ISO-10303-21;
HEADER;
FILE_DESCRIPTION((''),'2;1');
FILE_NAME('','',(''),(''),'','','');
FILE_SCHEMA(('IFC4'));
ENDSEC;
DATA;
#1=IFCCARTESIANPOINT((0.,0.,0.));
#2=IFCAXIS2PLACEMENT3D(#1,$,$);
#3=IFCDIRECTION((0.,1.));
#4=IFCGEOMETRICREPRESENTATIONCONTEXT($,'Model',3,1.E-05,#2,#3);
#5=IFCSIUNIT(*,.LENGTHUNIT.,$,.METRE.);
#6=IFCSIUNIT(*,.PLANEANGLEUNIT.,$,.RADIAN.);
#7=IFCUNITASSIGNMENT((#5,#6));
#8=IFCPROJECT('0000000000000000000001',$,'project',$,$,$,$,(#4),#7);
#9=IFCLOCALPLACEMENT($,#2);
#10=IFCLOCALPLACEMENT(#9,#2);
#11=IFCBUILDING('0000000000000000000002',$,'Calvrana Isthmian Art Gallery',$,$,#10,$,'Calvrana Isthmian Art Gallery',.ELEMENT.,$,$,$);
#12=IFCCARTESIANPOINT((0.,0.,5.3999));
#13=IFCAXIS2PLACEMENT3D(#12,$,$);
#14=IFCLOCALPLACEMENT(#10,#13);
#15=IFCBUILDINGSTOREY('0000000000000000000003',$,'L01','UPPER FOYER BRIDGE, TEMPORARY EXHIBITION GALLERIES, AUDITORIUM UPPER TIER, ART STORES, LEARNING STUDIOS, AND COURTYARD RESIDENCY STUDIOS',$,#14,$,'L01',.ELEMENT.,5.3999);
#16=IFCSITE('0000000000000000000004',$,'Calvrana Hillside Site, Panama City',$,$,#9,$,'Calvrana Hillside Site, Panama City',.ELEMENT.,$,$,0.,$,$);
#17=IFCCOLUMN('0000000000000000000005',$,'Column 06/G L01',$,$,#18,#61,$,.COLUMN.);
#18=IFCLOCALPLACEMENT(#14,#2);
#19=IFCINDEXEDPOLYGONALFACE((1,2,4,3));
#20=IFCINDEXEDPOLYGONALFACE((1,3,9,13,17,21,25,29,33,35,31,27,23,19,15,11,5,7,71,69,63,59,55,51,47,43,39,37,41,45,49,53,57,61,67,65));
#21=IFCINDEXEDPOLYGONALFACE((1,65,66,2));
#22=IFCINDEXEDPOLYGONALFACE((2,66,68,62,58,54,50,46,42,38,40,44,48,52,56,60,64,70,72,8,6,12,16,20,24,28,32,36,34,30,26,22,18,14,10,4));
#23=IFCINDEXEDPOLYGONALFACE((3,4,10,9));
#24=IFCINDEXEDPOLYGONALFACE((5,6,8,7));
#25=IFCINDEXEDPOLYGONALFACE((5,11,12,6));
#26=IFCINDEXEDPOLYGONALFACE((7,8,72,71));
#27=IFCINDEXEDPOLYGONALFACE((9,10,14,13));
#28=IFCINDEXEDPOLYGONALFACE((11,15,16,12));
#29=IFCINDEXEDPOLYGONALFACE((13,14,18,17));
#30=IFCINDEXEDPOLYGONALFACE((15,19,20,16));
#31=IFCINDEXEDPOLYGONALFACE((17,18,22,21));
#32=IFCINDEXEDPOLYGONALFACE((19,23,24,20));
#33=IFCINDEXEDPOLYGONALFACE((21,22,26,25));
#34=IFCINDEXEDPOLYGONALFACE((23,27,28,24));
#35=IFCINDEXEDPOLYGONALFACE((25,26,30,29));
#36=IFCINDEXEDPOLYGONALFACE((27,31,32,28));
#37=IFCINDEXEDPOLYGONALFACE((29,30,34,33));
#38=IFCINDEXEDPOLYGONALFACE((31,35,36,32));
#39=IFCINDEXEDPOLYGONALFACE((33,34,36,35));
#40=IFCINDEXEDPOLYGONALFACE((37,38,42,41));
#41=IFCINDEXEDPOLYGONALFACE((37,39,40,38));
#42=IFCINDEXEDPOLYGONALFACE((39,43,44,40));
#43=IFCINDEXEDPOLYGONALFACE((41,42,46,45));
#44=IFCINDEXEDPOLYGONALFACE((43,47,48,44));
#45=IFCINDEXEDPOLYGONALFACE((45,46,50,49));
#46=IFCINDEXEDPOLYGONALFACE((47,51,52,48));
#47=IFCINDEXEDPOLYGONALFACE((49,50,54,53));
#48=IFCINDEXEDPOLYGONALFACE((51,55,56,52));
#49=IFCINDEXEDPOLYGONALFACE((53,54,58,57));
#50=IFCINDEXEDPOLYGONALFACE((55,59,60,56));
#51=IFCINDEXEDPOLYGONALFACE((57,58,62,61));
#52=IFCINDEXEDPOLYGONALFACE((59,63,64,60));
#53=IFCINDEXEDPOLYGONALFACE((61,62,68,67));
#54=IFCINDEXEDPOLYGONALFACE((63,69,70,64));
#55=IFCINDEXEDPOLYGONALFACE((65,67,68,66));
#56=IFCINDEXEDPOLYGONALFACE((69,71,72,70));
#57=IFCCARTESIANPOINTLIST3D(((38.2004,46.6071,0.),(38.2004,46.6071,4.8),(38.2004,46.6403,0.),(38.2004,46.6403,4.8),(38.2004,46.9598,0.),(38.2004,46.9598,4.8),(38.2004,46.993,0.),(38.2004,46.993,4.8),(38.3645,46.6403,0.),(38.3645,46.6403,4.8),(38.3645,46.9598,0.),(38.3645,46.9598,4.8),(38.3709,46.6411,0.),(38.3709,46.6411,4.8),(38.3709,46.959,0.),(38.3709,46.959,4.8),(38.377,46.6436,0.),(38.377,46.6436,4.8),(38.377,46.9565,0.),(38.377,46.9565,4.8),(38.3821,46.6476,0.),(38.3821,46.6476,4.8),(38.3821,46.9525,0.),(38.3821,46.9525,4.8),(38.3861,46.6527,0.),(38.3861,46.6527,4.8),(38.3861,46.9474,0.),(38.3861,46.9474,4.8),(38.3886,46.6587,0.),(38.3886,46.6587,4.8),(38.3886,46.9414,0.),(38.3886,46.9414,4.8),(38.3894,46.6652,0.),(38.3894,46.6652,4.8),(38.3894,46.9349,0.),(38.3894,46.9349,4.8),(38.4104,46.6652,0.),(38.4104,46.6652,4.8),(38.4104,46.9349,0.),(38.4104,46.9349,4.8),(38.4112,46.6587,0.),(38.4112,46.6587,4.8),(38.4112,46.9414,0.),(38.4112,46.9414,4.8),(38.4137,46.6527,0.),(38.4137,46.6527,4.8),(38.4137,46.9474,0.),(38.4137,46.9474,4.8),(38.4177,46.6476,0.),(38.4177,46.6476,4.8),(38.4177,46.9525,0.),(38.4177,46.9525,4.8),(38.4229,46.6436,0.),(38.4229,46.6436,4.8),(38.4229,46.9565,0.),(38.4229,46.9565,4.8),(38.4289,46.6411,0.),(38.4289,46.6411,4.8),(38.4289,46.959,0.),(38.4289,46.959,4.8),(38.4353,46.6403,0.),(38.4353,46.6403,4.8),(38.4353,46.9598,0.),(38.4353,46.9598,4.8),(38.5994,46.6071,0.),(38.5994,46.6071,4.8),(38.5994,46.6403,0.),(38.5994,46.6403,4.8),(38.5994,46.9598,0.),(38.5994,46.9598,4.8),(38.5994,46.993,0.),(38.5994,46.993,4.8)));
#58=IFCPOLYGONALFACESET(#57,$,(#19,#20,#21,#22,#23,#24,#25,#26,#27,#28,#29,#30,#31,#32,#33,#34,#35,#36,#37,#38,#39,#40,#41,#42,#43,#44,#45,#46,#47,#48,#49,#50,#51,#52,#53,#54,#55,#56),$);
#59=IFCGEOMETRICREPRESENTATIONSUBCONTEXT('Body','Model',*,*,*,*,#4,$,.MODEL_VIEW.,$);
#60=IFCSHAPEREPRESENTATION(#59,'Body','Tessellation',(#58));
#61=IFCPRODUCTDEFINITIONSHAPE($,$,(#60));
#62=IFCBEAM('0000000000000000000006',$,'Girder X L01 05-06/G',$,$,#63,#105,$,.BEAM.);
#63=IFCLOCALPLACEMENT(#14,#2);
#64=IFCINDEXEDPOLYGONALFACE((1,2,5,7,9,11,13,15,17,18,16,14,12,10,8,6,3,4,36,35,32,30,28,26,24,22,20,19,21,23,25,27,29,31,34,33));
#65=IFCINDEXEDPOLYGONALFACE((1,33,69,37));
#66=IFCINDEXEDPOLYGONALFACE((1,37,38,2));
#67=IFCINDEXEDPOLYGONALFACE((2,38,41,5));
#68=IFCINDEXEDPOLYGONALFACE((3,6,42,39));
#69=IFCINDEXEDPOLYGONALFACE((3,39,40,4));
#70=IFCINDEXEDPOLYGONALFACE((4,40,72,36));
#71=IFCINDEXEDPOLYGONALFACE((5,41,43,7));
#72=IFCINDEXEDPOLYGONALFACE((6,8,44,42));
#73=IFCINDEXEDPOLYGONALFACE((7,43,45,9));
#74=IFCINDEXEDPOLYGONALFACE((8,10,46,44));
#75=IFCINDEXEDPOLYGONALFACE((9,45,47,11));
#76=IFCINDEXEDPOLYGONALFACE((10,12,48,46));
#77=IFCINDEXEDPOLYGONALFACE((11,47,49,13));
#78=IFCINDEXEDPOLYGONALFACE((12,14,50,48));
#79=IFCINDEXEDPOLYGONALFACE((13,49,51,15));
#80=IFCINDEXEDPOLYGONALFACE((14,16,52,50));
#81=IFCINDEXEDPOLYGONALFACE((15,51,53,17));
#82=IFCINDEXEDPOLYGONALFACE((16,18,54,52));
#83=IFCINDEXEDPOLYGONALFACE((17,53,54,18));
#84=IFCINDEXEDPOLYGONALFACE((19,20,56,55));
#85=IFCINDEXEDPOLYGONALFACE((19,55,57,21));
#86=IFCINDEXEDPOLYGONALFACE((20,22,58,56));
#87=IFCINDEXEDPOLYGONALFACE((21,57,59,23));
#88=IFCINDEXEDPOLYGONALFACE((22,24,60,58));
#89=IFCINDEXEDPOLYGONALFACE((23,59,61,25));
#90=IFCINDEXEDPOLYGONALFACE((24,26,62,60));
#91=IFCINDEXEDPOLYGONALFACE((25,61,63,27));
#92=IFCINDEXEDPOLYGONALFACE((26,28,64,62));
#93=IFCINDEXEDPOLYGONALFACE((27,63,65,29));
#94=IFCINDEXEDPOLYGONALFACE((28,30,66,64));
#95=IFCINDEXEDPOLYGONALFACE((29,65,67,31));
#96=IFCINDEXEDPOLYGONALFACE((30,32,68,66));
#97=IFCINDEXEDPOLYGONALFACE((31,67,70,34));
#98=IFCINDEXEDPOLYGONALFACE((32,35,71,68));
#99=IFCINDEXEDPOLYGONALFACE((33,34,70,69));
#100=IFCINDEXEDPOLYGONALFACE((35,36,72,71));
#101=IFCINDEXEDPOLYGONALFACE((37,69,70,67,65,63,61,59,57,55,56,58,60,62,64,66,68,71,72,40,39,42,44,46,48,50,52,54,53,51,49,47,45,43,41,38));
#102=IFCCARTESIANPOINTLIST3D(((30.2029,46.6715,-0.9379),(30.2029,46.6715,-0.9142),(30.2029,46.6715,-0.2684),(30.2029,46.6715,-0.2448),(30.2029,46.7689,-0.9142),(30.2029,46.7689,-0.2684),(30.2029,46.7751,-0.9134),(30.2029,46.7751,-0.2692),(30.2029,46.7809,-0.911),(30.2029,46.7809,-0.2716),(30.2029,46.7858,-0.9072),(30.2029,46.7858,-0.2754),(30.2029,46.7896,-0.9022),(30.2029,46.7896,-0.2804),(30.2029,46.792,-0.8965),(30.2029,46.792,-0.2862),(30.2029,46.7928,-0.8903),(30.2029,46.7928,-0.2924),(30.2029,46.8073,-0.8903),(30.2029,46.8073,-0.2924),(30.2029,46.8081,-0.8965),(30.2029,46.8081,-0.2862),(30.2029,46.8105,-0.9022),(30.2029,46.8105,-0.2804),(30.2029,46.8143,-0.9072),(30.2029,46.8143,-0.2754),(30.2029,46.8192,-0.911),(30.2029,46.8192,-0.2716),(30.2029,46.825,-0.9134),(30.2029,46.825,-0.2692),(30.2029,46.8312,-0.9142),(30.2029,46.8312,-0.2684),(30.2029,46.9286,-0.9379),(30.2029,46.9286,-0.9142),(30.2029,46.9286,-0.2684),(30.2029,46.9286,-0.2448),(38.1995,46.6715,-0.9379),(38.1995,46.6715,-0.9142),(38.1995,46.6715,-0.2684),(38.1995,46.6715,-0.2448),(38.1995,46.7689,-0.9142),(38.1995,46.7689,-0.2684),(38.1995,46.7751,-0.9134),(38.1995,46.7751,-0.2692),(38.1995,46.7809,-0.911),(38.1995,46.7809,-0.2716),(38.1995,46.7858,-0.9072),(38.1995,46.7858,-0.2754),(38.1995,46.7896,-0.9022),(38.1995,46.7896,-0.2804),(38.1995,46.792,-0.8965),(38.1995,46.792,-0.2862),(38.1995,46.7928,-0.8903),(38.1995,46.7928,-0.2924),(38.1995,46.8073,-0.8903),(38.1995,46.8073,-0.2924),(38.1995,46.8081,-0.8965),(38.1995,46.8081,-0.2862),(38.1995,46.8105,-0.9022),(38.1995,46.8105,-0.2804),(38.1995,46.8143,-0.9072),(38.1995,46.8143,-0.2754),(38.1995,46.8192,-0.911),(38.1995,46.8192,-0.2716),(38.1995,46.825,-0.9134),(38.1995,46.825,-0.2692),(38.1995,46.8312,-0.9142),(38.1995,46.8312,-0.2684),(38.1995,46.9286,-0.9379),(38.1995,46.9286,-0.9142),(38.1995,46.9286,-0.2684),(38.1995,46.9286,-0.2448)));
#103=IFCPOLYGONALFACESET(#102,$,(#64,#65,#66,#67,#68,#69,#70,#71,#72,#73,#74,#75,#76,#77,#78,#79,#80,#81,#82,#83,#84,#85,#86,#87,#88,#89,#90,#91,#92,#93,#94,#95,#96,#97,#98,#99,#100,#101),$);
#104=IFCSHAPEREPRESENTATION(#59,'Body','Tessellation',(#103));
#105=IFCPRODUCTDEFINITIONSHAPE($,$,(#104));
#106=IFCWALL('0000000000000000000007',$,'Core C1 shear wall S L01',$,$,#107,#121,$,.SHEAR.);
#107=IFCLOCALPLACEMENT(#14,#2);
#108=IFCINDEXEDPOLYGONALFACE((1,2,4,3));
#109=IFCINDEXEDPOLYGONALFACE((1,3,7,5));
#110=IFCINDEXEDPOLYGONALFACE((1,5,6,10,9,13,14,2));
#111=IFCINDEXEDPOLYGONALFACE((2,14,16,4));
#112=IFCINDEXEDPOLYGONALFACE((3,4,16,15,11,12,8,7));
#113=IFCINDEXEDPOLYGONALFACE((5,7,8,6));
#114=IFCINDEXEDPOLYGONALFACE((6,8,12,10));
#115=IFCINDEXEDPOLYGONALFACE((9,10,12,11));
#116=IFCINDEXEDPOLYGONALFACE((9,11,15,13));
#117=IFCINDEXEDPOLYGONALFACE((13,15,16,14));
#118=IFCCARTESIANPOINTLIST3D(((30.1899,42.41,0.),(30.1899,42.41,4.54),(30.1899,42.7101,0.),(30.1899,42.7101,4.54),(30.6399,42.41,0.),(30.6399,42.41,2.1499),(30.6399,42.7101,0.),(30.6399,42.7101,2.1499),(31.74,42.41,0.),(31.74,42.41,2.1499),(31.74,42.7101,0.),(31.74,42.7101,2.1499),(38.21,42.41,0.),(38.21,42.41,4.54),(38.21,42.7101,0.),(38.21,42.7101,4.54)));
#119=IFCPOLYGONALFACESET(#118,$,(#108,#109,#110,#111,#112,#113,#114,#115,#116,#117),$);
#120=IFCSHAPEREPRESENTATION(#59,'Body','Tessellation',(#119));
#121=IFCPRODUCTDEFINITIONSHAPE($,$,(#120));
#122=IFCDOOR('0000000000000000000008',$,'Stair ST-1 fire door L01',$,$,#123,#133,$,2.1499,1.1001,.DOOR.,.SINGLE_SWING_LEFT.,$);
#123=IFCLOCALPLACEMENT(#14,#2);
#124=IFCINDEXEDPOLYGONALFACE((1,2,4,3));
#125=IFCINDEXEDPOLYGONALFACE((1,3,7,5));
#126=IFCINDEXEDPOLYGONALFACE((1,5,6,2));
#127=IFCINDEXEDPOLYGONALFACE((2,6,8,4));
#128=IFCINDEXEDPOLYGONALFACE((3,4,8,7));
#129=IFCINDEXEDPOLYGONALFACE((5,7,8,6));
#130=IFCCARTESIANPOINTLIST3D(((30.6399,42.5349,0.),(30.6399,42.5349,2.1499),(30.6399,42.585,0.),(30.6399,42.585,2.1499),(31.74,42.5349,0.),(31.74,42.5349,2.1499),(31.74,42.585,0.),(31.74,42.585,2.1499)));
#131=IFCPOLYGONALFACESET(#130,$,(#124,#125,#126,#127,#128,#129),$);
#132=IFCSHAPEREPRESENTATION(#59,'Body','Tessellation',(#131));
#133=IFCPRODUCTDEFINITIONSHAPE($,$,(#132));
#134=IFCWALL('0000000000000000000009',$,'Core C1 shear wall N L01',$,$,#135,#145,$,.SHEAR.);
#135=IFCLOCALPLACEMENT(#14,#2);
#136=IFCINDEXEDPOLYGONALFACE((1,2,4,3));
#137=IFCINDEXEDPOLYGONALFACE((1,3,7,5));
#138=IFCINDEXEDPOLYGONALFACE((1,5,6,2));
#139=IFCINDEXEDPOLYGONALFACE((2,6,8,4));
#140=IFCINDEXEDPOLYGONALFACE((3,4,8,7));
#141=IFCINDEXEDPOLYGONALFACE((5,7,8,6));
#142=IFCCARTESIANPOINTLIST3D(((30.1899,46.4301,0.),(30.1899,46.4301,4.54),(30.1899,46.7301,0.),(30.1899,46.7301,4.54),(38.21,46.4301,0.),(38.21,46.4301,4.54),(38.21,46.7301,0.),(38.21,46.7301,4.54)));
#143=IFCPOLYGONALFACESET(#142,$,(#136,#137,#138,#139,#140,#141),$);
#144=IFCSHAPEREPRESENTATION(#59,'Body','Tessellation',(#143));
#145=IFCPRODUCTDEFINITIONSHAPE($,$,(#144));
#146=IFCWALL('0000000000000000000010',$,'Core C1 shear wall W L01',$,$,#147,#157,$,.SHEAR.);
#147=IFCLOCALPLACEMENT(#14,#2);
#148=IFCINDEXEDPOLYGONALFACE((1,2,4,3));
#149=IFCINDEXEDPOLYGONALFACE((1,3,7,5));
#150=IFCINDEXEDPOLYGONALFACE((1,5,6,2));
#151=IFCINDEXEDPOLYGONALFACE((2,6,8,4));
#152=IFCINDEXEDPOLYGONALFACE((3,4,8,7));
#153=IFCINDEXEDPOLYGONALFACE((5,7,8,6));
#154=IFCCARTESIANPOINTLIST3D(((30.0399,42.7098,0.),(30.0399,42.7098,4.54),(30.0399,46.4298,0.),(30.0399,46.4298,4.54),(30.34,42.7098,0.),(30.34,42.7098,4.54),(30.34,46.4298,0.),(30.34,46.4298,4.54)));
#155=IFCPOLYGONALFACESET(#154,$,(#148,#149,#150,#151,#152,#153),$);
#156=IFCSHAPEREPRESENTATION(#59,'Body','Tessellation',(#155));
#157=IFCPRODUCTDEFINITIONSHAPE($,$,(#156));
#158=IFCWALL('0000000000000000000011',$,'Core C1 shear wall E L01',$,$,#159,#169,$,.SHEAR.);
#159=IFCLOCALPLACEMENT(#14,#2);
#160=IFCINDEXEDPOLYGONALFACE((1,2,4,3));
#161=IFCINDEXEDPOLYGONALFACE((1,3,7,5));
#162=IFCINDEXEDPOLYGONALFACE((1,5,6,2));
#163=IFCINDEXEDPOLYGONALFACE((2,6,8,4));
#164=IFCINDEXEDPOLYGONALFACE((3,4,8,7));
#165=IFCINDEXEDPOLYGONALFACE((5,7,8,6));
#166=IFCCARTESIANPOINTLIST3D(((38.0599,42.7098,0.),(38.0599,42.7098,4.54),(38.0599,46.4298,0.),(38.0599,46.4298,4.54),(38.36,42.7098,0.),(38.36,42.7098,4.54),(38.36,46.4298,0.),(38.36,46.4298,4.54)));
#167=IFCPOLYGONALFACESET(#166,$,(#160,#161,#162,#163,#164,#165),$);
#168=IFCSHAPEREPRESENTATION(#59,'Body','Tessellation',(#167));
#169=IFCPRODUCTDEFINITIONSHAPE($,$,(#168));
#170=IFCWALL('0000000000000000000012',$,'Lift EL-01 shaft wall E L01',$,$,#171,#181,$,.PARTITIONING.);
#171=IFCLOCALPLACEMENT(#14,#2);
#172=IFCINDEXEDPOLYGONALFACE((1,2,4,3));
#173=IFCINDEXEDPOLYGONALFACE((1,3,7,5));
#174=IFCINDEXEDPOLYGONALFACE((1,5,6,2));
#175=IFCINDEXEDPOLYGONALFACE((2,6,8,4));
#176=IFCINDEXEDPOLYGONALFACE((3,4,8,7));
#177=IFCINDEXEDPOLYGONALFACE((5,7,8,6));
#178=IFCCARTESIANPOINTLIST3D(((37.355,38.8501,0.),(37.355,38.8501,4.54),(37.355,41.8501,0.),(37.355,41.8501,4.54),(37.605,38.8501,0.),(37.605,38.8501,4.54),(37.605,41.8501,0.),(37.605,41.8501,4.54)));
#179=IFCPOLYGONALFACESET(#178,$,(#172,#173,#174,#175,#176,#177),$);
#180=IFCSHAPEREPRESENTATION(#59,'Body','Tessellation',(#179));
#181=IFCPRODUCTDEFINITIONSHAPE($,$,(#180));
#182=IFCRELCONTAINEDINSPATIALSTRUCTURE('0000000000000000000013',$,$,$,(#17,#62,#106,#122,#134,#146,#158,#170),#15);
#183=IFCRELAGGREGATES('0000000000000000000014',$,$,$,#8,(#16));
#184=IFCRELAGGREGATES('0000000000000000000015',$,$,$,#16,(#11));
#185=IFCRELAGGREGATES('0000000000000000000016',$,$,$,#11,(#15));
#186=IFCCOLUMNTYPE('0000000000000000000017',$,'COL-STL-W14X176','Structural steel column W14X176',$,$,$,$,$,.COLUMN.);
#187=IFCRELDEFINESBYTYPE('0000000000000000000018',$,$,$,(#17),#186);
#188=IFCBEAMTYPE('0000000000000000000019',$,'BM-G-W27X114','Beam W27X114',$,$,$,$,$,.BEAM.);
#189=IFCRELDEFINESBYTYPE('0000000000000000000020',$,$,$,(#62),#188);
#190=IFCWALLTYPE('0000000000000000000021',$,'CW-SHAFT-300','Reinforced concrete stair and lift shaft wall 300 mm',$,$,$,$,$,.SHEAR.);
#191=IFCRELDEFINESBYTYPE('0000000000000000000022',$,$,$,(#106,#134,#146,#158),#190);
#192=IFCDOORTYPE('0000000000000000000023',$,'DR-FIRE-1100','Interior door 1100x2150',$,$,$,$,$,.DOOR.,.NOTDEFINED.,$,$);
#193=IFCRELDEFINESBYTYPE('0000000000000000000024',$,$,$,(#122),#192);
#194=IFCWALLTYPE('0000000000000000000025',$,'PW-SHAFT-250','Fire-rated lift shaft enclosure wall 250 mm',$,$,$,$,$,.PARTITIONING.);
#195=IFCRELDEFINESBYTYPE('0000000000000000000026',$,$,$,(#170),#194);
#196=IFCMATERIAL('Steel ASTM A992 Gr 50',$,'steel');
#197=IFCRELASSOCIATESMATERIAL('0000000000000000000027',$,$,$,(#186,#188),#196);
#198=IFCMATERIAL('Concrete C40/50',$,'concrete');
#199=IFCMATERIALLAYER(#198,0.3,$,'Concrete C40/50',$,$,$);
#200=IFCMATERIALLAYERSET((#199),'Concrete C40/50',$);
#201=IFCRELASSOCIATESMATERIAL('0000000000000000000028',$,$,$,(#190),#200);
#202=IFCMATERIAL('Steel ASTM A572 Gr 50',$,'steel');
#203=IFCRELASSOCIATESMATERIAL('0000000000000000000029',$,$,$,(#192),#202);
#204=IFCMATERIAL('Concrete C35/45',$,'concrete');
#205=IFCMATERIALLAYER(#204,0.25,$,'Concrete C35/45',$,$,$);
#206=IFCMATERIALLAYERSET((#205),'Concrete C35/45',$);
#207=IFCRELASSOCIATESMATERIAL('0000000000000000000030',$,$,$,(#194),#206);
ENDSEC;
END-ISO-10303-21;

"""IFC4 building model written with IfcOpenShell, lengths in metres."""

from ifc_helpers import new_model, si_unit, direction, frame, frame_2d, origin, origin_2d, place, context, subcontext, project, spatial, rectangle, i_section, extrude, material, layer, layer_set, material_profile, profile_set, type_object, element, fill, save


model = new_model("IFC4")

# Units and contexts
model_context = context("Model", 3, precision=1e-05, world=origin(), true_north=direction((0.0, 1.0)))
body_context = subcontext(model_context, "Body", "Model", "MODEL_VIEW")
ifc_project = project(units=[si_unit("LENGTHUNIT", "METRE"), si_unit("PLANEANGLEUNIT", "RADIAN")], contexts=[model_context])

# Site, building, storey
site_placement = place(None, origin())
site = spatial("IfcSite", under=ifc_project, at=site_placement, Name="Calvrana Hillside Site, Panama City", LongName="Calvrana Hillside Site, Panama City", CompositionType="ELEMENT", RefElevation=0.0)
building_placement = place(site_placement, origin())
building = spatial("IfcBuilding", under=site, at=building_placement, Name="Calvrana Isthmian Art Gallery", LongName="Calvrana Isthmian Art Gallery", CompositionType="ELEMENT")
storey_placement = place(building_placement, frame((0.0, 0.0, 5.3999)))
storey = spatial("IfcBuildingStorey", under=building, at=storey_placement, Name="L01", Description="UPPER FOYER BRIDGE, TEMPORARY EXHIBITION GALLERIES, AUDITORIUM UPPER TIER, ART STORES, LEARNING STUDIOS, AND COURTYARD RESIDENCY STUDIOS", LongName="L01", CompositionType="ELEMENT", Elevation=5.3999)

# Column
ifc_material_1 = material(Name="Steel ASTM A992 Gr 50", Category="steel")
ifc_material_profile_1 = material_profile(ifc_material_1, i_section(OverallWidth=0.3989, OverallDepth=0.386, WebThickness=0.021, FlangeThickness=0.0332, FilletRadius=0.0249, at=origin_2d()), Name="W14X176")
ifc_profile_set_1 = profile_set([ifc_material_profile_1], Name="Steel ASTM A992 Gr 50")
column_type = type_object("IfcColumnType", Name="COL-STL-W14X176", Description="Structural steel column W14X176", PredefinedType="COLUMN", material=ifc_profile_set_1)
column_placement = place(storey_placement, frame((38.3999, 46.8, 0.0), z_axis=(0.0, 0.0, 1.0), x_axis=(1.0, 0.0, 0.0)))
element("IfcColumn", 1, at=column_placement, inside=storey, type_object=column_type, Name="Column 06/G L01", PredefinedType="COLUMN", context=body_context, shape_type="SweptSolid", body=[
    extrude(i_section(OverallWidth=0.3989, OverallDepth=0.386, WebThickness=0.021, FlangeThickness=0.0332, FilletRadius=0.0249, at=origin_2d()), origin(), (0.0, 0.0, 1.0), 4.8),
])

# Beam
ifc_material_profile_2 = material_profile(ifc_material_1, i_section(OverallWidth=0.2571, OverallDepth=0.6931, WebThickness=0.0144, FlangeThickness=0.0237, FilletRadius=0.0239, at=origin_2d()), Name="W27X114")
ifc_profile_set_2 = profile_set([ifc_material_profile_2], Name="Steel ASTM A992 Gr 50")
beam_type = type_object("IfcBeamType", Name="BM-G-W27X114", Description="Beam W27X114", PredefinedType="BEAM", material=ifc_profile_set_2)
beam_placement = place(storey_placement, frame((30.2029, 46.8, -0.5913), z_axis=(1.0, 0.0, 0.0), x_axis=(0.0, 1.0, 0.0)))
element("IfcBeam", 2, at=beam_placement, inside=storey, type_object=beam_type, Name="Girder X L01 05-06/G", PredefinedType="BEAM", context=body_context, shape_type="SweptSolid", body=[
    extrude(i_section(OverallWidth=0.2571, OverallDepth=0.6931, WebThickness=0.0144, FlangeThickness=0.0237, FilletRadius=0.0239, at=origin_2d()), origin(), (0.0, 0.0, 1.0), 7.9966),
])

# Wall, opening, door
ifc_material_2 = material(Name="Concrete C40/50", Category="concrete")
ifc_layer_1 = layer(ifc_material_2, 0.3, Name="Concrete C40/50")
ifc_layer_set_1 = layer_set([ifc_layer_1], Name="Concrete C40/50")
wall_type_1 = type_object("IfcWallType", Name="CW-SHAFT-300", Description="Reinforced concrete stair and lift shaft wall 300 mm", PredefinedType="SHEAR", material=ifc_layer_set_1)
wall_1_placement = place(storey_placement, frame((30.1899, 42.5601, 0.0), z_axis=(0.0, 0.0, 1.0), x_axis=(1.0, 0.0, 0.0)))
wall_1 = element("IfcWall", 3, at=wall_1_placement, inside=storey, type_object=wall_type_1, Name="Core C1 shear wall S L01", PredefinedType="SHEAR", context=body_context, shape_type="SweptSolid", body=[
    extrude(rectangle(XDim=8.02, YDim=0.3, at=frame_2d((4.01, 0.0))), origin(), (0.0, 0.0, 1.0), 4.54),
])
opening_placement = place(wall_1_placement, frame((0.45, 0.0, 0.0)))
opening = element("IfcOpeningElement", 4, at=opening_placement, cuts=wall_1, PredefinedType="OPENING", context=body_context, shape_type="SweptSolid", body=[
    extrude(rectangle(XDim=1.1001, YDim=2.1499, at=frame_2d((0.55, 1.075))), frame((0.0, 0.1602, 0.0), z_axis=(0.0, -1.0, 0.0), x_axis=(1.0, 0.0, 0.0)), (0.0, 0.0, 1.0), 0.3206),
])
ifc_material_3 = material(Name="Steel ASTM A572 Gr 50", Category="steel")
door_type = type_object("IfcDoorType", Name="DR-FIRE-1100", Description="Interior door 1100x2150", OperationType="NOTDEFINED", PredefinedType="DOOR", material=ifc_material_3)
door_placement = place(opening_placement, origin())
door = element("IfcDoor", 5, at=door_placement, inside=storey, type_object=door_type, Name="Stair ST-1 fire door L01", OperationType="SINGLE_SWING_LEFT", OverallHeight=2.1499, OverallWidth=1.1001, PredefinedType="DOOR", context=body_context, shape_type="SweptSolid", body=[
    extrude(rectangle(XDim=1.1001, YDim=2.1499, at=frame_2d((0.55, 1.075))), frame((0.0, 0.0249, 0.0), z_axis=(0.0, -1.0, 0.0), x_axis=(1.0, 0.0, 0.0)), (0.0, 0.0, 1.0), 0.05),
])
fill(opening, door)

# Walls
wall_2_placement = place(storey_placement, frame((30.1899, 46.5801, 0.0), z_axis=(0.0, 0.0, 1.0), x_axis=(1.0, 0.0, 0.0)))
element("IfcWall", 6, at=wall_2_placement, inside=storey, type_object=wall_type_1, Name="Core C1 shear wall N L01", PredefinedType="SHEAR", context=body_context, shape_type="SweptSolid", body=[
    extrude(rectangle(XDim=8.02, YDim=0.3, at=frame_2d((4.01, 0.0))), origin(), (0.0, 0.0, 1.0), 4.54),
])
for number, where, z_axis, x_axis, name in (
    (7, (30.1899, 42.71, 0.0), (0.0, 0.0, 1.0), (0.0, 1.0, 0.0), "Core C1 shear wall W L01"),
    (8, (38.21, 42.71, 0.0), (0.0, 0.0, 1.0), (0.0, 1.0, 0.0), "Core C1 shear wall E L01"),
):
    element("IfcWall", number, at=place(storey_placement, frame(where, z_axis=z_axis, x_axis=x_axis)), inside=storey, type_object=wall_type_1, Name=name, PredefinedType="SHEAR", context=body_context, shape_type="SweptSolid", body=[
        extrude(rectangle(XDim=3.72, YDim=0.3, at=frame_2d((1.8599, 0.0))), origin(), (0.0, 0.0, 1.0), 4.54),
    ])
ifc_material_4 = material(Name="Concrete C35/45", Category="concrete")
ifc_layer_2 = layer(ifc_material_4, 0.25, Name="Concrete C35/45")
ifc_layer_set_2 = layer_set([ifc_layer_2], Name="Concrete C35/45")
wall_type_2 = type_object("IfcWallType", Name="PW-SHAFT-250", Description="Fire-rated lift shaft enclosure wall 250 mm", PredefinedType="PARTITIONING", material=ifc_layer_set_2)
wall_3_placement = place(storey_placement, frame((37.48, 38.8501, 0.0), z_axis=(0.0, 0.0, 1.0), x_axis=(0.0, 1.0, 0.0)))
element("IfcWall", 9, at=wall_3_placement, inside=storey, type_object=wall_type_2, Name="Lift EL-01 shaft wall E L01", PredefinedType="PARTITIONING", context=body_context, shape_type="SweptSolid", body=[
    extrude(rectangle(XDim=3.0, YDim=0.25, at=frame_2d((1.5, 0.0))), origin(), (0.0, 0.0, 1.0), 4.54),
])

save(model, "model.ifc")
